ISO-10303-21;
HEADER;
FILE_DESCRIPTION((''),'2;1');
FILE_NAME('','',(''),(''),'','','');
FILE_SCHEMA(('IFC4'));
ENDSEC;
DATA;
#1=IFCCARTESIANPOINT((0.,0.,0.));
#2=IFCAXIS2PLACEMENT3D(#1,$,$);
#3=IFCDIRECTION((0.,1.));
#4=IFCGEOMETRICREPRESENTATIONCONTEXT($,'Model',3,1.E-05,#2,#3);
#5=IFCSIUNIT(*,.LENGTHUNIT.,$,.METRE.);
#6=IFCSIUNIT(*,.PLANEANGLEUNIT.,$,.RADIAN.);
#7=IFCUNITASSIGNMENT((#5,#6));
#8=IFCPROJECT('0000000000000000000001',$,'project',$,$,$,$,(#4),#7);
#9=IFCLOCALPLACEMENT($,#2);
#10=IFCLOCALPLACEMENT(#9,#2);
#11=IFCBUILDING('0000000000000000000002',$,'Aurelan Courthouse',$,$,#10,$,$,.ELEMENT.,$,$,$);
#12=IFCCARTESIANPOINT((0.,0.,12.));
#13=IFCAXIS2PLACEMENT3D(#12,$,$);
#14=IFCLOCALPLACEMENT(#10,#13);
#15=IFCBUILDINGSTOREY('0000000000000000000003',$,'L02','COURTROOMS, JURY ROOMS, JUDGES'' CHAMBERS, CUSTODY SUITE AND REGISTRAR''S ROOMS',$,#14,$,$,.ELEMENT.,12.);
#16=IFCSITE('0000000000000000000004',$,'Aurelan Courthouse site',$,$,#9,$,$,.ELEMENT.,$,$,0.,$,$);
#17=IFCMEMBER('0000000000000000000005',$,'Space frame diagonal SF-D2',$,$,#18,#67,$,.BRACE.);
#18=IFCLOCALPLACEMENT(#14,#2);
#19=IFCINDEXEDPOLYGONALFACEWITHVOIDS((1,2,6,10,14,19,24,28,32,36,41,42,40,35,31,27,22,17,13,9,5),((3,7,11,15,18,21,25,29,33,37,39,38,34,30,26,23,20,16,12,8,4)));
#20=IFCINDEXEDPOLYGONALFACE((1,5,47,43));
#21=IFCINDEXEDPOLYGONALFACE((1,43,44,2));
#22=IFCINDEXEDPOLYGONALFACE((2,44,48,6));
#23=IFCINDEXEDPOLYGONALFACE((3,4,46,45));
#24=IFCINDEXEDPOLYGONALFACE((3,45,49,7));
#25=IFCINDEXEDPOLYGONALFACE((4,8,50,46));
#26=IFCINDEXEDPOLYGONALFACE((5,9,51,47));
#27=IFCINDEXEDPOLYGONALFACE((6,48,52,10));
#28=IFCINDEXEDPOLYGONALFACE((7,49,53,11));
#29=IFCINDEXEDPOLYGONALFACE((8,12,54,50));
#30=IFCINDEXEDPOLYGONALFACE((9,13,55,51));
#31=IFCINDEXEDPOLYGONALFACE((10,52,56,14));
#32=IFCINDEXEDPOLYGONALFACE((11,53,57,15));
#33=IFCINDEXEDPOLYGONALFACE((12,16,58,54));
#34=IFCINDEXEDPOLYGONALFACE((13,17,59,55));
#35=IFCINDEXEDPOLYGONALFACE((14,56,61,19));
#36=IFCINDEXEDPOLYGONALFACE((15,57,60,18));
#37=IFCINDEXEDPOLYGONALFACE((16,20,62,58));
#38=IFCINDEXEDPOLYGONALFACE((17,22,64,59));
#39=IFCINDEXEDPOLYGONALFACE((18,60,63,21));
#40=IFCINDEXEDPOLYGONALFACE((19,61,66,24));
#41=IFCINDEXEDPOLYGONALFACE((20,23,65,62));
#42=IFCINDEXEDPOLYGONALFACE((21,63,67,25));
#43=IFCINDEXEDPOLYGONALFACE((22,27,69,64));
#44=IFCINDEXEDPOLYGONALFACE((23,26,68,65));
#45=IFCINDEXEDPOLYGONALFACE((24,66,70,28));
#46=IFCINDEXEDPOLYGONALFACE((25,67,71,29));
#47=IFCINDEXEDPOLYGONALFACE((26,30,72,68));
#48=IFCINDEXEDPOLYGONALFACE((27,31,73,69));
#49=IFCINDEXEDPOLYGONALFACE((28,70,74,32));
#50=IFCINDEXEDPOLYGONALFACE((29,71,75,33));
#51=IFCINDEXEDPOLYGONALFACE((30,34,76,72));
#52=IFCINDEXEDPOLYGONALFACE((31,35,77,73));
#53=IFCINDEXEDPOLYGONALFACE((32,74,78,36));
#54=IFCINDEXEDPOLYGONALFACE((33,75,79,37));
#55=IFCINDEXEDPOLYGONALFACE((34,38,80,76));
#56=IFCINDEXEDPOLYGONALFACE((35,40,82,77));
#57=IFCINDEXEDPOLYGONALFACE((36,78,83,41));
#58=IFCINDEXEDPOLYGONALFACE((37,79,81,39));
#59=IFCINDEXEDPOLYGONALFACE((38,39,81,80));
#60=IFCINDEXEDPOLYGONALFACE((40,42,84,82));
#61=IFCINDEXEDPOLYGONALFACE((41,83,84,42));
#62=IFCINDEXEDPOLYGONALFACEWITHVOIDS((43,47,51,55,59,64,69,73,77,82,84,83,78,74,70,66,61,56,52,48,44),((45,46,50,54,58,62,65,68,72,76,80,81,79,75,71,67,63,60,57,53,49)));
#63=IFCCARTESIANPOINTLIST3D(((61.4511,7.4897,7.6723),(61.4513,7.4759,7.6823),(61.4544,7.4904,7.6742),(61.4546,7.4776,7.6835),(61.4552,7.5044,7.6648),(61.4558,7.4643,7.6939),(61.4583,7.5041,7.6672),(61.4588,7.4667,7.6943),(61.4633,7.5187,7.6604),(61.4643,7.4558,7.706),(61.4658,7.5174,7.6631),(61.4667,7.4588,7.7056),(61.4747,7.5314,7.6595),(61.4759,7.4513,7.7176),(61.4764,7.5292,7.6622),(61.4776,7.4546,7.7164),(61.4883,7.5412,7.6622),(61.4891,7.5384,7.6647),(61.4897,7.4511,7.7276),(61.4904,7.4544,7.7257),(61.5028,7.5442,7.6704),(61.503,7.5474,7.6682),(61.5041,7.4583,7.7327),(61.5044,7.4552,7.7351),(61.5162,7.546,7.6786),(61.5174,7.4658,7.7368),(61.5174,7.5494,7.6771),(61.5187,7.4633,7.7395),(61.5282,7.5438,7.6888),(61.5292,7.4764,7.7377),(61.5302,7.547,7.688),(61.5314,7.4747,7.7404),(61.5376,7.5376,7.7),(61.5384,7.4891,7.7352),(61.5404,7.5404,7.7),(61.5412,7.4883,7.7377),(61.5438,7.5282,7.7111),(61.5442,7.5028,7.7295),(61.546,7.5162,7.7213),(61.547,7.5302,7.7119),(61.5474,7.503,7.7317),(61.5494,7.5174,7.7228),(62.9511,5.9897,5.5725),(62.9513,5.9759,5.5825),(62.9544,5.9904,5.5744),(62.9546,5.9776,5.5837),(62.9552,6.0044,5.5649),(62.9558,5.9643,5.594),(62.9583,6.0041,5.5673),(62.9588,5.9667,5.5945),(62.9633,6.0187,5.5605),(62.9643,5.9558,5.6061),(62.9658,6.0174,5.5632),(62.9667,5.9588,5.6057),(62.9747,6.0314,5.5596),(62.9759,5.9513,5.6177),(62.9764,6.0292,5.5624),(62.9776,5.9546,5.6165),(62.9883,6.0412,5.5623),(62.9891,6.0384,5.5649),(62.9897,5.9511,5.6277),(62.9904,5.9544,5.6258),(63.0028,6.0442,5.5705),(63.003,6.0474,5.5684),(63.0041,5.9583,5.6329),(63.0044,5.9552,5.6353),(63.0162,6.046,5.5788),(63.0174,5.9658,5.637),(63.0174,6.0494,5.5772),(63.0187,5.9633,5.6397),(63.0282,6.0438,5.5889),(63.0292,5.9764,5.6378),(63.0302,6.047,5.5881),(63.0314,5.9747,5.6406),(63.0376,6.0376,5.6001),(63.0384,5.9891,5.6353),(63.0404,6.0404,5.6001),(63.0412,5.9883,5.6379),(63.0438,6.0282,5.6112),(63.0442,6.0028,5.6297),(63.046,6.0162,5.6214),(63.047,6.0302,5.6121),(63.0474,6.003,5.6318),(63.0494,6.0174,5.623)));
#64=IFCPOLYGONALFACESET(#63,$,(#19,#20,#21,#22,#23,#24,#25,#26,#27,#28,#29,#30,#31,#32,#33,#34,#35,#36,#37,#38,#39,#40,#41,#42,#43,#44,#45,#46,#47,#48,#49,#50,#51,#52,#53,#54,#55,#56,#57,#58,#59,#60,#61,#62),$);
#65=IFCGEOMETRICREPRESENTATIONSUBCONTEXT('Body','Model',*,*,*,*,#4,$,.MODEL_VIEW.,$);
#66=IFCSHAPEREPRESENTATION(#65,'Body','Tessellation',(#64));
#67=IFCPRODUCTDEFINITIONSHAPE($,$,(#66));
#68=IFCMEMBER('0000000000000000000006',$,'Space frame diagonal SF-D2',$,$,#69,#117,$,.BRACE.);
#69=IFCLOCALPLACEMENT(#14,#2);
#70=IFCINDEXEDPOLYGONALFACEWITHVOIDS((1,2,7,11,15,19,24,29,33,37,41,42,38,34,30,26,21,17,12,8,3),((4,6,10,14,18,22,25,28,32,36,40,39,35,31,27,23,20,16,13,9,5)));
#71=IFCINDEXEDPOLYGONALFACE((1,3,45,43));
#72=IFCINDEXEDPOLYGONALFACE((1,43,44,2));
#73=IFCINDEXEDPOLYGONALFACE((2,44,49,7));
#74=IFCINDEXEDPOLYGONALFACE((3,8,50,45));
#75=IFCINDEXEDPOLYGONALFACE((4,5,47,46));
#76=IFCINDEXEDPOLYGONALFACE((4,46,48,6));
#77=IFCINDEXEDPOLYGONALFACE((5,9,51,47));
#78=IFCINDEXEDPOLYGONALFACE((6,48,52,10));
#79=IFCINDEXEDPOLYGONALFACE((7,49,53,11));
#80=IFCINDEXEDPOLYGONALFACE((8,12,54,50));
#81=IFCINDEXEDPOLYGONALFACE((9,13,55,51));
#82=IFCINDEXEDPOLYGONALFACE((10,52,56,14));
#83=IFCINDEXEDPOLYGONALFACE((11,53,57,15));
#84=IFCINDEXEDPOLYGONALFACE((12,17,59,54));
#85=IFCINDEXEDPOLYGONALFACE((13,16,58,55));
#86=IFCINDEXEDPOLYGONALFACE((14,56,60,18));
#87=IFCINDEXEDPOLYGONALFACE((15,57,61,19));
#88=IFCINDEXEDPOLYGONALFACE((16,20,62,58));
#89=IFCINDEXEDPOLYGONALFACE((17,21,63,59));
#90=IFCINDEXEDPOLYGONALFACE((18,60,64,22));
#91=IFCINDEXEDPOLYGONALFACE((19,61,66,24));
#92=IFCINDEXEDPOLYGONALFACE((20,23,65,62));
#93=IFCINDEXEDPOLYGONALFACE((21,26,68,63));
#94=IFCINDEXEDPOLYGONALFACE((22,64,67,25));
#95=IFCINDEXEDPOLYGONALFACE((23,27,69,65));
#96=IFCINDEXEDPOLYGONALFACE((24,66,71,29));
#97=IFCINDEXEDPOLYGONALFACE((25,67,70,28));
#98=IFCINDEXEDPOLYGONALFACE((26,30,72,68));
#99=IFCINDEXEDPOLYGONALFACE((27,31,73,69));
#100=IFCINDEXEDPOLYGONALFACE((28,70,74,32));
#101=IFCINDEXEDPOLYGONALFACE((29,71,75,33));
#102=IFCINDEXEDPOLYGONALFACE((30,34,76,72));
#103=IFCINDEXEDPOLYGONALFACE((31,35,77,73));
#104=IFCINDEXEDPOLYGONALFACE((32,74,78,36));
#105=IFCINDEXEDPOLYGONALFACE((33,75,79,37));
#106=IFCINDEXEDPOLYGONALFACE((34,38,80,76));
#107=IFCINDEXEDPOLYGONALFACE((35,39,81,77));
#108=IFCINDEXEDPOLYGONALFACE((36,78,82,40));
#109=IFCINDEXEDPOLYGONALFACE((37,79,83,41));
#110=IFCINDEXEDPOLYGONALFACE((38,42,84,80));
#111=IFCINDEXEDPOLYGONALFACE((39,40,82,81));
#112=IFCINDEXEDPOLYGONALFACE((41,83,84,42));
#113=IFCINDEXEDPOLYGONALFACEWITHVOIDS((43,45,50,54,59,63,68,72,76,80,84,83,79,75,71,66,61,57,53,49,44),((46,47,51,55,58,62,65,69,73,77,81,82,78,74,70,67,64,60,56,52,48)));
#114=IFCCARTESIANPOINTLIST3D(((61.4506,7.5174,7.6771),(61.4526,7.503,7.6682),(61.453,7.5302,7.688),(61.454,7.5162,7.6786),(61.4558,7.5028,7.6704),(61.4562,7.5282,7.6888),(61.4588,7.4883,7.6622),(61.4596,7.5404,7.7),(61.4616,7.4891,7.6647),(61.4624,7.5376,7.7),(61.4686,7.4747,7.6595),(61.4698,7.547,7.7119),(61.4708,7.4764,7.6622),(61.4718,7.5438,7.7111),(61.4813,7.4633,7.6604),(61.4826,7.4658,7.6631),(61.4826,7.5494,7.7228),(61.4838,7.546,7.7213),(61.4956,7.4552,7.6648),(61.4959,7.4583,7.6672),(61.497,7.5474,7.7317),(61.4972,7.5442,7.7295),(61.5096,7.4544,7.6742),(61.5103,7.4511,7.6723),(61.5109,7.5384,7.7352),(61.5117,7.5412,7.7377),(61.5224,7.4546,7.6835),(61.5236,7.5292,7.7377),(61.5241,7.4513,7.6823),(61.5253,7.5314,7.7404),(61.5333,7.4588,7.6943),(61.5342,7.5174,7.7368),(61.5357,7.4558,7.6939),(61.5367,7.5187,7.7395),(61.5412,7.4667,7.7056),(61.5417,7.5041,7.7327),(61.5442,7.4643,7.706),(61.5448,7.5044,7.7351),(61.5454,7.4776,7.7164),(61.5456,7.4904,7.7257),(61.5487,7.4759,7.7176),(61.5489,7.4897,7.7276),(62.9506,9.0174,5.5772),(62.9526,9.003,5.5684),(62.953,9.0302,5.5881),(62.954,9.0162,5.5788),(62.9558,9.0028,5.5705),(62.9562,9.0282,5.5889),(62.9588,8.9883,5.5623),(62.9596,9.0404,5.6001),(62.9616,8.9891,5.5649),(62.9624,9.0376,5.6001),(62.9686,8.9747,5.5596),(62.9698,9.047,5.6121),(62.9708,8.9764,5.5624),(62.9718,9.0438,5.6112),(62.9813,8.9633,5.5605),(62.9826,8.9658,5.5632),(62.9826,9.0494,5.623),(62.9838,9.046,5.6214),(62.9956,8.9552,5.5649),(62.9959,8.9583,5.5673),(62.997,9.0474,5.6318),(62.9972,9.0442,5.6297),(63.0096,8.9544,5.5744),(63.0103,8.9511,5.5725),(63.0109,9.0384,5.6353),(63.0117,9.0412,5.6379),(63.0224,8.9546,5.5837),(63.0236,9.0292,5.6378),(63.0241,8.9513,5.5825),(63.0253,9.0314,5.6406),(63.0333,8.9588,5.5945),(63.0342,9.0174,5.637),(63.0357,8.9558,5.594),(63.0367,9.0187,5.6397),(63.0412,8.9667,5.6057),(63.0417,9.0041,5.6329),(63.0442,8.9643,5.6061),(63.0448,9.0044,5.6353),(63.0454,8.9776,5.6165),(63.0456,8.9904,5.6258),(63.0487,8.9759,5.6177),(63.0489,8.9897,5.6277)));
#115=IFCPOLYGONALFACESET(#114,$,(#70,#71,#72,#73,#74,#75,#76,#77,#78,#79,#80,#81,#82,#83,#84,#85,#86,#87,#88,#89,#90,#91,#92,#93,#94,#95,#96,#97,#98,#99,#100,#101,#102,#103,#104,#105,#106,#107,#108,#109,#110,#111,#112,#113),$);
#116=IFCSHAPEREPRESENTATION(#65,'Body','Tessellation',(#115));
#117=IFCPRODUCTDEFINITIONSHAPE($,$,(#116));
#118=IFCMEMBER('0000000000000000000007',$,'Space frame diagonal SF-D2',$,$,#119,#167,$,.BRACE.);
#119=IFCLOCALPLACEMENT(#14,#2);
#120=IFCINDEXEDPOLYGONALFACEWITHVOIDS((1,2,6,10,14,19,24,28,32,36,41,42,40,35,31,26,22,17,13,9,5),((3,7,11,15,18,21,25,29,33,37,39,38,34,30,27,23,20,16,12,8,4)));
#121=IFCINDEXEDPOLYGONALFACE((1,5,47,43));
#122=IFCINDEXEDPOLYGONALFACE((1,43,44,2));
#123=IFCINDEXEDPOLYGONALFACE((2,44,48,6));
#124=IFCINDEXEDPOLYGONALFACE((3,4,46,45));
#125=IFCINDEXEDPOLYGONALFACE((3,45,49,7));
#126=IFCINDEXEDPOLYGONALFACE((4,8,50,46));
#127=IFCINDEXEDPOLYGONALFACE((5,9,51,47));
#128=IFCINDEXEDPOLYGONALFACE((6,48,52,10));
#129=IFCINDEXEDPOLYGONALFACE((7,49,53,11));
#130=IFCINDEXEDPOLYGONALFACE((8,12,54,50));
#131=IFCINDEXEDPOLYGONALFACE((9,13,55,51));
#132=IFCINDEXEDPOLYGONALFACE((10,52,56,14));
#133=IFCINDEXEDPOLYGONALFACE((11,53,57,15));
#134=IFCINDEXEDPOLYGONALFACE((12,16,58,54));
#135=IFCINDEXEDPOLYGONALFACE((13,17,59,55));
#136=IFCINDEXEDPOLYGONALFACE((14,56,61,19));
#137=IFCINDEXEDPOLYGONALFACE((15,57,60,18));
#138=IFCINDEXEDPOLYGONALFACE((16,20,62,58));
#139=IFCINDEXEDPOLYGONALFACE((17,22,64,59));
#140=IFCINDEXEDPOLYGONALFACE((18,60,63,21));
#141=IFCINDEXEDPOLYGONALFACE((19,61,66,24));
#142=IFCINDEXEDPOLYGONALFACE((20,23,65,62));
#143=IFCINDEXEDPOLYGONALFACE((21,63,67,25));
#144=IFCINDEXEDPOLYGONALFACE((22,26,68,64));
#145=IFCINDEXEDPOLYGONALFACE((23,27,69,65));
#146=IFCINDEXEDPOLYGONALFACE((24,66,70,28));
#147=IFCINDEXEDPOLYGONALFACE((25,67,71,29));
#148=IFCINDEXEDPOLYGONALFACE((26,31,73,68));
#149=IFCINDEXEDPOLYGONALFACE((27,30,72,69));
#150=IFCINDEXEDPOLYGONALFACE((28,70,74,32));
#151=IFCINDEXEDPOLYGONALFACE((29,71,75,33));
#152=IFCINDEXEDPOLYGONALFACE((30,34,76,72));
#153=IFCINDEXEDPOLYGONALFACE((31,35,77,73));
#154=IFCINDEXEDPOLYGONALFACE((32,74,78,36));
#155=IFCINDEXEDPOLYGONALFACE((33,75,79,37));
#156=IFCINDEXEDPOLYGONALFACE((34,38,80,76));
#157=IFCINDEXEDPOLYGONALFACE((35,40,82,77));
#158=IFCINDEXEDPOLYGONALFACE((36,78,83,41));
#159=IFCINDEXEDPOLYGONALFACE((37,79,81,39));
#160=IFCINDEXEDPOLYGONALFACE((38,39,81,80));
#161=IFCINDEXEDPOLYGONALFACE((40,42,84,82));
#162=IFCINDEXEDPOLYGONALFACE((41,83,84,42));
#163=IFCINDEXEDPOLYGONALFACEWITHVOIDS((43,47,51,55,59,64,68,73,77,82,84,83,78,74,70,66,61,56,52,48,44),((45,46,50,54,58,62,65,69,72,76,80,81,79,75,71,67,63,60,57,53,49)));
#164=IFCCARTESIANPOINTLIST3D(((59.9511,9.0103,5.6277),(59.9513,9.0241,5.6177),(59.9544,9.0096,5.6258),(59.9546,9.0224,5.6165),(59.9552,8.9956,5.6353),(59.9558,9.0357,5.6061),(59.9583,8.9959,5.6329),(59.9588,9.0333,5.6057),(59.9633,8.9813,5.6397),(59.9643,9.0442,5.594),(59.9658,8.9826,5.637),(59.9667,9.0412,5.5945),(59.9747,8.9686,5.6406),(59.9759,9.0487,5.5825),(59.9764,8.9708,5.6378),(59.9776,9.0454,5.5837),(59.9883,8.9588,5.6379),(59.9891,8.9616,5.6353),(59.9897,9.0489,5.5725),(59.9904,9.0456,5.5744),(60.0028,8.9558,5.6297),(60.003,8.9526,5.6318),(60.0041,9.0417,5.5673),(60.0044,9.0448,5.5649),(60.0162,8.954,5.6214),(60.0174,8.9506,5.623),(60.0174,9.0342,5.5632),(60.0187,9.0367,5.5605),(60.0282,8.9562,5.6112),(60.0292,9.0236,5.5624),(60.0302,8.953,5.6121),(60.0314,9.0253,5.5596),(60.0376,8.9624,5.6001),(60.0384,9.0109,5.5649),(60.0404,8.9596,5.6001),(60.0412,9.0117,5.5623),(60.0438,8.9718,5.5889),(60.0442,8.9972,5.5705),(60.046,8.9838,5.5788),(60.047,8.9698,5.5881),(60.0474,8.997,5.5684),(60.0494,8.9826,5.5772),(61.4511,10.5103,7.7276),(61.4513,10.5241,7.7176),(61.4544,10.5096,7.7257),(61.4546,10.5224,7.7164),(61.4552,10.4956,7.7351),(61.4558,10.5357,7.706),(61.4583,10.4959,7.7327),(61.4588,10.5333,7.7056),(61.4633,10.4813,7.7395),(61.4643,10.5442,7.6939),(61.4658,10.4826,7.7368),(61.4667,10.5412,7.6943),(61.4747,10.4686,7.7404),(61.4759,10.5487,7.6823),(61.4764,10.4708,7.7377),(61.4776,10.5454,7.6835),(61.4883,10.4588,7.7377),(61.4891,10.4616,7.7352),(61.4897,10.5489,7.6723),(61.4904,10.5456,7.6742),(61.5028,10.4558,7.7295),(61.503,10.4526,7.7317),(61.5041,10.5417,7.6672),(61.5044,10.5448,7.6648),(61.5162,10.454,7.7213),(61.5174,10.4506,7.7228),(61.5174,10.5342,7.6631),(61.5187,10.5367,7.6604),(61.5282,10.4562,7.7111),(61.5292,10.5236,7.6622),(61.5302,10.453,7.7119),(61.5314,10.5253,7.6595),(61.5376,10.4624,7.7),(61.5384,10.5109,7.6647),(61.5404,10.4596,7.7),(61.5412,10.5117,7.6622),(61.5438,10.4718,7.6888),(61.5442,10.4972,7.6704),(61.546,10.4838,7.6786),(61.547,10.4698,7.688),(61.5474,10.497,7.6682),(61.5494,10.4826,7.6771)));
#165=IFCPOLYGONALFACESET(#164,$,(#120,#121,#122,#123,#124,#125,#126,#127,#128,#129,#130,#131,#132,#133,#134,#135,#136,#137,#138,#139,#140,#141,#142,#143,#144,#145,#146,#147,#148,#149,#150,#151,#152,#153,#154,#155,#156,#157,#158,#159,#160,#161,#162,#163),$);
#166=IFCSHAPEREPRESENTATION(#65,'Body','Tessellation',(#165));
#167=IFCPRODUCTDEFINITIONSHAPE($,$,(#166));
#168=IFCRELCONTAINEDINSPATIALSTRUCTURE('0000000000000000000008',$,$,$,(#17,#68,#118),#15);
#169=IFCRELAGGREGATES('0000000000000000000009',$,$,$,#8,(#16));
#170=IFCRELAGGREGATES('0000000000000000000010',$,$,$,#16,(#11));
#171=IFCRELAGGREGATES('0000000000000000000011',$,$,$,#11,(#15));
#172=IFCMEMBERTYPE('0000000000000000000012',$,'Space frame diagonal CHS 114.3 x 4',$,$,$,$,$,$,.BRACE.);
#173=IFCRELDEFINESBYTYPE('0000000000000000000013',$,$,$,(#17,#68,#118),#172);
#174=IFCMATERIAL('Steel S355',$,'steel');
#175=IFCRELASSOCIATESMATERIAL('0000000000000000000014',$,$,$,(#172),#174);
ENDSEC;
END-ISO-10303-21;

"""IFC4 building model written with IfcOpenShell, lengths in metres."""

from ifc_helpers import new_model, si_unit, direction, frame, origin, origin_2d, place, context, subcontext, project, spatial, hollow_circle, extrude, material, material_profile, profile_set, type_object, element, save


model = new_model("IFC4")

# Units and contexts
model_context = context("Model", 3, precision=1e-05, world=origin(), true_north=direction((0.0, 1.0)))
body_context = subcontext(model_context, "Body", "Model", "MODEL_VIEW")
ifc_project = project(units=[si_unit("LENGTHUNIT", "METRE"), si_unit("PLANEANGLEUNIT", "RADIAN")], contexts=[model_context])

# Site, building, storey
site_placement = place(None, origin())
site = spatial("IfcSite", under=ifc_project, at=site_placement, Name="Aurelan Courthouse site", CompositionType="ELEMENT", RefElevation=0.0)
building_placement = place(site_placement, origin())
building = spatial("IfcBuilding", under=site, at=building_placement, Name="Aurelan Courthouse", CompositionType="ELEMENT")
storey_placement = place(building_placement, frame((0.0, 0.0, 12.0)))
storey = spatial("IfcBuildingStorey", under=building, at=storey_placement, Name="L02", Description="COURTROOMS, JURY ROOMS, JUDGES' CHAMBERS, CUSTODY SUITE AND REGISTRAR'S ROOMS", CompositionType="ELEMENT", Elevation=12.0)

# Members
ifc_material_1 = material(Name="Steel S355", Category="steel")
ifc_material_profile_1 = material_profile(ifc_material_1, hollow_circle(Radius=0.0571, WallThickness=0.0039, at=origin_2d()), Name="CHS 114.3 x 4")
ifc_profile_set_1 = profile_set([ifc_material_profile_1], Name="Steel S355")
member_type_1 = type_object("IfcMemberType", Name="Space frame diagonal CHS 114.3 x 4", PredefinedType="BRACE", material=ifc_profile_set_1)
for number, where, z_axis, x_axis, name in (
    (1, (61.5, 7.5, 7.7), (0.502536, -0.502536, -0.703502), (0.707107, 0.707107, 0.0), "Space frame diagonal SF-D2"),
    (2, (61.5, 7.5, 7.7), (0.502536, 0.502536, -0.703502), (-0.707107, 0.707107, 0.0), "Space frame diagonal SF-D2"),
    (3, (61.5, 10.5, 7.7), (-0.502536, -0.502536, -0.703502), (0.707107, -0.707107, 0.0), "Space frame diagonal SF-D2"),
):
    element("IfcMember", number, at=place(storey_placement, frame(where, z_axis=z_axis, x_axis=x_axis)), inside=storey, type_object=member_type_1, Name=name, PredefinedType="BRACE", context=body_context, shape_type="SweptSolid", body=[
        extrude(hollow_circle(Radius=0.0571, WallThickness=0.0039, at=origin_2d()), origin(), (0.0, 0.0, 1.0), 2.9849),
    ])

save(model, "model.ifc")
